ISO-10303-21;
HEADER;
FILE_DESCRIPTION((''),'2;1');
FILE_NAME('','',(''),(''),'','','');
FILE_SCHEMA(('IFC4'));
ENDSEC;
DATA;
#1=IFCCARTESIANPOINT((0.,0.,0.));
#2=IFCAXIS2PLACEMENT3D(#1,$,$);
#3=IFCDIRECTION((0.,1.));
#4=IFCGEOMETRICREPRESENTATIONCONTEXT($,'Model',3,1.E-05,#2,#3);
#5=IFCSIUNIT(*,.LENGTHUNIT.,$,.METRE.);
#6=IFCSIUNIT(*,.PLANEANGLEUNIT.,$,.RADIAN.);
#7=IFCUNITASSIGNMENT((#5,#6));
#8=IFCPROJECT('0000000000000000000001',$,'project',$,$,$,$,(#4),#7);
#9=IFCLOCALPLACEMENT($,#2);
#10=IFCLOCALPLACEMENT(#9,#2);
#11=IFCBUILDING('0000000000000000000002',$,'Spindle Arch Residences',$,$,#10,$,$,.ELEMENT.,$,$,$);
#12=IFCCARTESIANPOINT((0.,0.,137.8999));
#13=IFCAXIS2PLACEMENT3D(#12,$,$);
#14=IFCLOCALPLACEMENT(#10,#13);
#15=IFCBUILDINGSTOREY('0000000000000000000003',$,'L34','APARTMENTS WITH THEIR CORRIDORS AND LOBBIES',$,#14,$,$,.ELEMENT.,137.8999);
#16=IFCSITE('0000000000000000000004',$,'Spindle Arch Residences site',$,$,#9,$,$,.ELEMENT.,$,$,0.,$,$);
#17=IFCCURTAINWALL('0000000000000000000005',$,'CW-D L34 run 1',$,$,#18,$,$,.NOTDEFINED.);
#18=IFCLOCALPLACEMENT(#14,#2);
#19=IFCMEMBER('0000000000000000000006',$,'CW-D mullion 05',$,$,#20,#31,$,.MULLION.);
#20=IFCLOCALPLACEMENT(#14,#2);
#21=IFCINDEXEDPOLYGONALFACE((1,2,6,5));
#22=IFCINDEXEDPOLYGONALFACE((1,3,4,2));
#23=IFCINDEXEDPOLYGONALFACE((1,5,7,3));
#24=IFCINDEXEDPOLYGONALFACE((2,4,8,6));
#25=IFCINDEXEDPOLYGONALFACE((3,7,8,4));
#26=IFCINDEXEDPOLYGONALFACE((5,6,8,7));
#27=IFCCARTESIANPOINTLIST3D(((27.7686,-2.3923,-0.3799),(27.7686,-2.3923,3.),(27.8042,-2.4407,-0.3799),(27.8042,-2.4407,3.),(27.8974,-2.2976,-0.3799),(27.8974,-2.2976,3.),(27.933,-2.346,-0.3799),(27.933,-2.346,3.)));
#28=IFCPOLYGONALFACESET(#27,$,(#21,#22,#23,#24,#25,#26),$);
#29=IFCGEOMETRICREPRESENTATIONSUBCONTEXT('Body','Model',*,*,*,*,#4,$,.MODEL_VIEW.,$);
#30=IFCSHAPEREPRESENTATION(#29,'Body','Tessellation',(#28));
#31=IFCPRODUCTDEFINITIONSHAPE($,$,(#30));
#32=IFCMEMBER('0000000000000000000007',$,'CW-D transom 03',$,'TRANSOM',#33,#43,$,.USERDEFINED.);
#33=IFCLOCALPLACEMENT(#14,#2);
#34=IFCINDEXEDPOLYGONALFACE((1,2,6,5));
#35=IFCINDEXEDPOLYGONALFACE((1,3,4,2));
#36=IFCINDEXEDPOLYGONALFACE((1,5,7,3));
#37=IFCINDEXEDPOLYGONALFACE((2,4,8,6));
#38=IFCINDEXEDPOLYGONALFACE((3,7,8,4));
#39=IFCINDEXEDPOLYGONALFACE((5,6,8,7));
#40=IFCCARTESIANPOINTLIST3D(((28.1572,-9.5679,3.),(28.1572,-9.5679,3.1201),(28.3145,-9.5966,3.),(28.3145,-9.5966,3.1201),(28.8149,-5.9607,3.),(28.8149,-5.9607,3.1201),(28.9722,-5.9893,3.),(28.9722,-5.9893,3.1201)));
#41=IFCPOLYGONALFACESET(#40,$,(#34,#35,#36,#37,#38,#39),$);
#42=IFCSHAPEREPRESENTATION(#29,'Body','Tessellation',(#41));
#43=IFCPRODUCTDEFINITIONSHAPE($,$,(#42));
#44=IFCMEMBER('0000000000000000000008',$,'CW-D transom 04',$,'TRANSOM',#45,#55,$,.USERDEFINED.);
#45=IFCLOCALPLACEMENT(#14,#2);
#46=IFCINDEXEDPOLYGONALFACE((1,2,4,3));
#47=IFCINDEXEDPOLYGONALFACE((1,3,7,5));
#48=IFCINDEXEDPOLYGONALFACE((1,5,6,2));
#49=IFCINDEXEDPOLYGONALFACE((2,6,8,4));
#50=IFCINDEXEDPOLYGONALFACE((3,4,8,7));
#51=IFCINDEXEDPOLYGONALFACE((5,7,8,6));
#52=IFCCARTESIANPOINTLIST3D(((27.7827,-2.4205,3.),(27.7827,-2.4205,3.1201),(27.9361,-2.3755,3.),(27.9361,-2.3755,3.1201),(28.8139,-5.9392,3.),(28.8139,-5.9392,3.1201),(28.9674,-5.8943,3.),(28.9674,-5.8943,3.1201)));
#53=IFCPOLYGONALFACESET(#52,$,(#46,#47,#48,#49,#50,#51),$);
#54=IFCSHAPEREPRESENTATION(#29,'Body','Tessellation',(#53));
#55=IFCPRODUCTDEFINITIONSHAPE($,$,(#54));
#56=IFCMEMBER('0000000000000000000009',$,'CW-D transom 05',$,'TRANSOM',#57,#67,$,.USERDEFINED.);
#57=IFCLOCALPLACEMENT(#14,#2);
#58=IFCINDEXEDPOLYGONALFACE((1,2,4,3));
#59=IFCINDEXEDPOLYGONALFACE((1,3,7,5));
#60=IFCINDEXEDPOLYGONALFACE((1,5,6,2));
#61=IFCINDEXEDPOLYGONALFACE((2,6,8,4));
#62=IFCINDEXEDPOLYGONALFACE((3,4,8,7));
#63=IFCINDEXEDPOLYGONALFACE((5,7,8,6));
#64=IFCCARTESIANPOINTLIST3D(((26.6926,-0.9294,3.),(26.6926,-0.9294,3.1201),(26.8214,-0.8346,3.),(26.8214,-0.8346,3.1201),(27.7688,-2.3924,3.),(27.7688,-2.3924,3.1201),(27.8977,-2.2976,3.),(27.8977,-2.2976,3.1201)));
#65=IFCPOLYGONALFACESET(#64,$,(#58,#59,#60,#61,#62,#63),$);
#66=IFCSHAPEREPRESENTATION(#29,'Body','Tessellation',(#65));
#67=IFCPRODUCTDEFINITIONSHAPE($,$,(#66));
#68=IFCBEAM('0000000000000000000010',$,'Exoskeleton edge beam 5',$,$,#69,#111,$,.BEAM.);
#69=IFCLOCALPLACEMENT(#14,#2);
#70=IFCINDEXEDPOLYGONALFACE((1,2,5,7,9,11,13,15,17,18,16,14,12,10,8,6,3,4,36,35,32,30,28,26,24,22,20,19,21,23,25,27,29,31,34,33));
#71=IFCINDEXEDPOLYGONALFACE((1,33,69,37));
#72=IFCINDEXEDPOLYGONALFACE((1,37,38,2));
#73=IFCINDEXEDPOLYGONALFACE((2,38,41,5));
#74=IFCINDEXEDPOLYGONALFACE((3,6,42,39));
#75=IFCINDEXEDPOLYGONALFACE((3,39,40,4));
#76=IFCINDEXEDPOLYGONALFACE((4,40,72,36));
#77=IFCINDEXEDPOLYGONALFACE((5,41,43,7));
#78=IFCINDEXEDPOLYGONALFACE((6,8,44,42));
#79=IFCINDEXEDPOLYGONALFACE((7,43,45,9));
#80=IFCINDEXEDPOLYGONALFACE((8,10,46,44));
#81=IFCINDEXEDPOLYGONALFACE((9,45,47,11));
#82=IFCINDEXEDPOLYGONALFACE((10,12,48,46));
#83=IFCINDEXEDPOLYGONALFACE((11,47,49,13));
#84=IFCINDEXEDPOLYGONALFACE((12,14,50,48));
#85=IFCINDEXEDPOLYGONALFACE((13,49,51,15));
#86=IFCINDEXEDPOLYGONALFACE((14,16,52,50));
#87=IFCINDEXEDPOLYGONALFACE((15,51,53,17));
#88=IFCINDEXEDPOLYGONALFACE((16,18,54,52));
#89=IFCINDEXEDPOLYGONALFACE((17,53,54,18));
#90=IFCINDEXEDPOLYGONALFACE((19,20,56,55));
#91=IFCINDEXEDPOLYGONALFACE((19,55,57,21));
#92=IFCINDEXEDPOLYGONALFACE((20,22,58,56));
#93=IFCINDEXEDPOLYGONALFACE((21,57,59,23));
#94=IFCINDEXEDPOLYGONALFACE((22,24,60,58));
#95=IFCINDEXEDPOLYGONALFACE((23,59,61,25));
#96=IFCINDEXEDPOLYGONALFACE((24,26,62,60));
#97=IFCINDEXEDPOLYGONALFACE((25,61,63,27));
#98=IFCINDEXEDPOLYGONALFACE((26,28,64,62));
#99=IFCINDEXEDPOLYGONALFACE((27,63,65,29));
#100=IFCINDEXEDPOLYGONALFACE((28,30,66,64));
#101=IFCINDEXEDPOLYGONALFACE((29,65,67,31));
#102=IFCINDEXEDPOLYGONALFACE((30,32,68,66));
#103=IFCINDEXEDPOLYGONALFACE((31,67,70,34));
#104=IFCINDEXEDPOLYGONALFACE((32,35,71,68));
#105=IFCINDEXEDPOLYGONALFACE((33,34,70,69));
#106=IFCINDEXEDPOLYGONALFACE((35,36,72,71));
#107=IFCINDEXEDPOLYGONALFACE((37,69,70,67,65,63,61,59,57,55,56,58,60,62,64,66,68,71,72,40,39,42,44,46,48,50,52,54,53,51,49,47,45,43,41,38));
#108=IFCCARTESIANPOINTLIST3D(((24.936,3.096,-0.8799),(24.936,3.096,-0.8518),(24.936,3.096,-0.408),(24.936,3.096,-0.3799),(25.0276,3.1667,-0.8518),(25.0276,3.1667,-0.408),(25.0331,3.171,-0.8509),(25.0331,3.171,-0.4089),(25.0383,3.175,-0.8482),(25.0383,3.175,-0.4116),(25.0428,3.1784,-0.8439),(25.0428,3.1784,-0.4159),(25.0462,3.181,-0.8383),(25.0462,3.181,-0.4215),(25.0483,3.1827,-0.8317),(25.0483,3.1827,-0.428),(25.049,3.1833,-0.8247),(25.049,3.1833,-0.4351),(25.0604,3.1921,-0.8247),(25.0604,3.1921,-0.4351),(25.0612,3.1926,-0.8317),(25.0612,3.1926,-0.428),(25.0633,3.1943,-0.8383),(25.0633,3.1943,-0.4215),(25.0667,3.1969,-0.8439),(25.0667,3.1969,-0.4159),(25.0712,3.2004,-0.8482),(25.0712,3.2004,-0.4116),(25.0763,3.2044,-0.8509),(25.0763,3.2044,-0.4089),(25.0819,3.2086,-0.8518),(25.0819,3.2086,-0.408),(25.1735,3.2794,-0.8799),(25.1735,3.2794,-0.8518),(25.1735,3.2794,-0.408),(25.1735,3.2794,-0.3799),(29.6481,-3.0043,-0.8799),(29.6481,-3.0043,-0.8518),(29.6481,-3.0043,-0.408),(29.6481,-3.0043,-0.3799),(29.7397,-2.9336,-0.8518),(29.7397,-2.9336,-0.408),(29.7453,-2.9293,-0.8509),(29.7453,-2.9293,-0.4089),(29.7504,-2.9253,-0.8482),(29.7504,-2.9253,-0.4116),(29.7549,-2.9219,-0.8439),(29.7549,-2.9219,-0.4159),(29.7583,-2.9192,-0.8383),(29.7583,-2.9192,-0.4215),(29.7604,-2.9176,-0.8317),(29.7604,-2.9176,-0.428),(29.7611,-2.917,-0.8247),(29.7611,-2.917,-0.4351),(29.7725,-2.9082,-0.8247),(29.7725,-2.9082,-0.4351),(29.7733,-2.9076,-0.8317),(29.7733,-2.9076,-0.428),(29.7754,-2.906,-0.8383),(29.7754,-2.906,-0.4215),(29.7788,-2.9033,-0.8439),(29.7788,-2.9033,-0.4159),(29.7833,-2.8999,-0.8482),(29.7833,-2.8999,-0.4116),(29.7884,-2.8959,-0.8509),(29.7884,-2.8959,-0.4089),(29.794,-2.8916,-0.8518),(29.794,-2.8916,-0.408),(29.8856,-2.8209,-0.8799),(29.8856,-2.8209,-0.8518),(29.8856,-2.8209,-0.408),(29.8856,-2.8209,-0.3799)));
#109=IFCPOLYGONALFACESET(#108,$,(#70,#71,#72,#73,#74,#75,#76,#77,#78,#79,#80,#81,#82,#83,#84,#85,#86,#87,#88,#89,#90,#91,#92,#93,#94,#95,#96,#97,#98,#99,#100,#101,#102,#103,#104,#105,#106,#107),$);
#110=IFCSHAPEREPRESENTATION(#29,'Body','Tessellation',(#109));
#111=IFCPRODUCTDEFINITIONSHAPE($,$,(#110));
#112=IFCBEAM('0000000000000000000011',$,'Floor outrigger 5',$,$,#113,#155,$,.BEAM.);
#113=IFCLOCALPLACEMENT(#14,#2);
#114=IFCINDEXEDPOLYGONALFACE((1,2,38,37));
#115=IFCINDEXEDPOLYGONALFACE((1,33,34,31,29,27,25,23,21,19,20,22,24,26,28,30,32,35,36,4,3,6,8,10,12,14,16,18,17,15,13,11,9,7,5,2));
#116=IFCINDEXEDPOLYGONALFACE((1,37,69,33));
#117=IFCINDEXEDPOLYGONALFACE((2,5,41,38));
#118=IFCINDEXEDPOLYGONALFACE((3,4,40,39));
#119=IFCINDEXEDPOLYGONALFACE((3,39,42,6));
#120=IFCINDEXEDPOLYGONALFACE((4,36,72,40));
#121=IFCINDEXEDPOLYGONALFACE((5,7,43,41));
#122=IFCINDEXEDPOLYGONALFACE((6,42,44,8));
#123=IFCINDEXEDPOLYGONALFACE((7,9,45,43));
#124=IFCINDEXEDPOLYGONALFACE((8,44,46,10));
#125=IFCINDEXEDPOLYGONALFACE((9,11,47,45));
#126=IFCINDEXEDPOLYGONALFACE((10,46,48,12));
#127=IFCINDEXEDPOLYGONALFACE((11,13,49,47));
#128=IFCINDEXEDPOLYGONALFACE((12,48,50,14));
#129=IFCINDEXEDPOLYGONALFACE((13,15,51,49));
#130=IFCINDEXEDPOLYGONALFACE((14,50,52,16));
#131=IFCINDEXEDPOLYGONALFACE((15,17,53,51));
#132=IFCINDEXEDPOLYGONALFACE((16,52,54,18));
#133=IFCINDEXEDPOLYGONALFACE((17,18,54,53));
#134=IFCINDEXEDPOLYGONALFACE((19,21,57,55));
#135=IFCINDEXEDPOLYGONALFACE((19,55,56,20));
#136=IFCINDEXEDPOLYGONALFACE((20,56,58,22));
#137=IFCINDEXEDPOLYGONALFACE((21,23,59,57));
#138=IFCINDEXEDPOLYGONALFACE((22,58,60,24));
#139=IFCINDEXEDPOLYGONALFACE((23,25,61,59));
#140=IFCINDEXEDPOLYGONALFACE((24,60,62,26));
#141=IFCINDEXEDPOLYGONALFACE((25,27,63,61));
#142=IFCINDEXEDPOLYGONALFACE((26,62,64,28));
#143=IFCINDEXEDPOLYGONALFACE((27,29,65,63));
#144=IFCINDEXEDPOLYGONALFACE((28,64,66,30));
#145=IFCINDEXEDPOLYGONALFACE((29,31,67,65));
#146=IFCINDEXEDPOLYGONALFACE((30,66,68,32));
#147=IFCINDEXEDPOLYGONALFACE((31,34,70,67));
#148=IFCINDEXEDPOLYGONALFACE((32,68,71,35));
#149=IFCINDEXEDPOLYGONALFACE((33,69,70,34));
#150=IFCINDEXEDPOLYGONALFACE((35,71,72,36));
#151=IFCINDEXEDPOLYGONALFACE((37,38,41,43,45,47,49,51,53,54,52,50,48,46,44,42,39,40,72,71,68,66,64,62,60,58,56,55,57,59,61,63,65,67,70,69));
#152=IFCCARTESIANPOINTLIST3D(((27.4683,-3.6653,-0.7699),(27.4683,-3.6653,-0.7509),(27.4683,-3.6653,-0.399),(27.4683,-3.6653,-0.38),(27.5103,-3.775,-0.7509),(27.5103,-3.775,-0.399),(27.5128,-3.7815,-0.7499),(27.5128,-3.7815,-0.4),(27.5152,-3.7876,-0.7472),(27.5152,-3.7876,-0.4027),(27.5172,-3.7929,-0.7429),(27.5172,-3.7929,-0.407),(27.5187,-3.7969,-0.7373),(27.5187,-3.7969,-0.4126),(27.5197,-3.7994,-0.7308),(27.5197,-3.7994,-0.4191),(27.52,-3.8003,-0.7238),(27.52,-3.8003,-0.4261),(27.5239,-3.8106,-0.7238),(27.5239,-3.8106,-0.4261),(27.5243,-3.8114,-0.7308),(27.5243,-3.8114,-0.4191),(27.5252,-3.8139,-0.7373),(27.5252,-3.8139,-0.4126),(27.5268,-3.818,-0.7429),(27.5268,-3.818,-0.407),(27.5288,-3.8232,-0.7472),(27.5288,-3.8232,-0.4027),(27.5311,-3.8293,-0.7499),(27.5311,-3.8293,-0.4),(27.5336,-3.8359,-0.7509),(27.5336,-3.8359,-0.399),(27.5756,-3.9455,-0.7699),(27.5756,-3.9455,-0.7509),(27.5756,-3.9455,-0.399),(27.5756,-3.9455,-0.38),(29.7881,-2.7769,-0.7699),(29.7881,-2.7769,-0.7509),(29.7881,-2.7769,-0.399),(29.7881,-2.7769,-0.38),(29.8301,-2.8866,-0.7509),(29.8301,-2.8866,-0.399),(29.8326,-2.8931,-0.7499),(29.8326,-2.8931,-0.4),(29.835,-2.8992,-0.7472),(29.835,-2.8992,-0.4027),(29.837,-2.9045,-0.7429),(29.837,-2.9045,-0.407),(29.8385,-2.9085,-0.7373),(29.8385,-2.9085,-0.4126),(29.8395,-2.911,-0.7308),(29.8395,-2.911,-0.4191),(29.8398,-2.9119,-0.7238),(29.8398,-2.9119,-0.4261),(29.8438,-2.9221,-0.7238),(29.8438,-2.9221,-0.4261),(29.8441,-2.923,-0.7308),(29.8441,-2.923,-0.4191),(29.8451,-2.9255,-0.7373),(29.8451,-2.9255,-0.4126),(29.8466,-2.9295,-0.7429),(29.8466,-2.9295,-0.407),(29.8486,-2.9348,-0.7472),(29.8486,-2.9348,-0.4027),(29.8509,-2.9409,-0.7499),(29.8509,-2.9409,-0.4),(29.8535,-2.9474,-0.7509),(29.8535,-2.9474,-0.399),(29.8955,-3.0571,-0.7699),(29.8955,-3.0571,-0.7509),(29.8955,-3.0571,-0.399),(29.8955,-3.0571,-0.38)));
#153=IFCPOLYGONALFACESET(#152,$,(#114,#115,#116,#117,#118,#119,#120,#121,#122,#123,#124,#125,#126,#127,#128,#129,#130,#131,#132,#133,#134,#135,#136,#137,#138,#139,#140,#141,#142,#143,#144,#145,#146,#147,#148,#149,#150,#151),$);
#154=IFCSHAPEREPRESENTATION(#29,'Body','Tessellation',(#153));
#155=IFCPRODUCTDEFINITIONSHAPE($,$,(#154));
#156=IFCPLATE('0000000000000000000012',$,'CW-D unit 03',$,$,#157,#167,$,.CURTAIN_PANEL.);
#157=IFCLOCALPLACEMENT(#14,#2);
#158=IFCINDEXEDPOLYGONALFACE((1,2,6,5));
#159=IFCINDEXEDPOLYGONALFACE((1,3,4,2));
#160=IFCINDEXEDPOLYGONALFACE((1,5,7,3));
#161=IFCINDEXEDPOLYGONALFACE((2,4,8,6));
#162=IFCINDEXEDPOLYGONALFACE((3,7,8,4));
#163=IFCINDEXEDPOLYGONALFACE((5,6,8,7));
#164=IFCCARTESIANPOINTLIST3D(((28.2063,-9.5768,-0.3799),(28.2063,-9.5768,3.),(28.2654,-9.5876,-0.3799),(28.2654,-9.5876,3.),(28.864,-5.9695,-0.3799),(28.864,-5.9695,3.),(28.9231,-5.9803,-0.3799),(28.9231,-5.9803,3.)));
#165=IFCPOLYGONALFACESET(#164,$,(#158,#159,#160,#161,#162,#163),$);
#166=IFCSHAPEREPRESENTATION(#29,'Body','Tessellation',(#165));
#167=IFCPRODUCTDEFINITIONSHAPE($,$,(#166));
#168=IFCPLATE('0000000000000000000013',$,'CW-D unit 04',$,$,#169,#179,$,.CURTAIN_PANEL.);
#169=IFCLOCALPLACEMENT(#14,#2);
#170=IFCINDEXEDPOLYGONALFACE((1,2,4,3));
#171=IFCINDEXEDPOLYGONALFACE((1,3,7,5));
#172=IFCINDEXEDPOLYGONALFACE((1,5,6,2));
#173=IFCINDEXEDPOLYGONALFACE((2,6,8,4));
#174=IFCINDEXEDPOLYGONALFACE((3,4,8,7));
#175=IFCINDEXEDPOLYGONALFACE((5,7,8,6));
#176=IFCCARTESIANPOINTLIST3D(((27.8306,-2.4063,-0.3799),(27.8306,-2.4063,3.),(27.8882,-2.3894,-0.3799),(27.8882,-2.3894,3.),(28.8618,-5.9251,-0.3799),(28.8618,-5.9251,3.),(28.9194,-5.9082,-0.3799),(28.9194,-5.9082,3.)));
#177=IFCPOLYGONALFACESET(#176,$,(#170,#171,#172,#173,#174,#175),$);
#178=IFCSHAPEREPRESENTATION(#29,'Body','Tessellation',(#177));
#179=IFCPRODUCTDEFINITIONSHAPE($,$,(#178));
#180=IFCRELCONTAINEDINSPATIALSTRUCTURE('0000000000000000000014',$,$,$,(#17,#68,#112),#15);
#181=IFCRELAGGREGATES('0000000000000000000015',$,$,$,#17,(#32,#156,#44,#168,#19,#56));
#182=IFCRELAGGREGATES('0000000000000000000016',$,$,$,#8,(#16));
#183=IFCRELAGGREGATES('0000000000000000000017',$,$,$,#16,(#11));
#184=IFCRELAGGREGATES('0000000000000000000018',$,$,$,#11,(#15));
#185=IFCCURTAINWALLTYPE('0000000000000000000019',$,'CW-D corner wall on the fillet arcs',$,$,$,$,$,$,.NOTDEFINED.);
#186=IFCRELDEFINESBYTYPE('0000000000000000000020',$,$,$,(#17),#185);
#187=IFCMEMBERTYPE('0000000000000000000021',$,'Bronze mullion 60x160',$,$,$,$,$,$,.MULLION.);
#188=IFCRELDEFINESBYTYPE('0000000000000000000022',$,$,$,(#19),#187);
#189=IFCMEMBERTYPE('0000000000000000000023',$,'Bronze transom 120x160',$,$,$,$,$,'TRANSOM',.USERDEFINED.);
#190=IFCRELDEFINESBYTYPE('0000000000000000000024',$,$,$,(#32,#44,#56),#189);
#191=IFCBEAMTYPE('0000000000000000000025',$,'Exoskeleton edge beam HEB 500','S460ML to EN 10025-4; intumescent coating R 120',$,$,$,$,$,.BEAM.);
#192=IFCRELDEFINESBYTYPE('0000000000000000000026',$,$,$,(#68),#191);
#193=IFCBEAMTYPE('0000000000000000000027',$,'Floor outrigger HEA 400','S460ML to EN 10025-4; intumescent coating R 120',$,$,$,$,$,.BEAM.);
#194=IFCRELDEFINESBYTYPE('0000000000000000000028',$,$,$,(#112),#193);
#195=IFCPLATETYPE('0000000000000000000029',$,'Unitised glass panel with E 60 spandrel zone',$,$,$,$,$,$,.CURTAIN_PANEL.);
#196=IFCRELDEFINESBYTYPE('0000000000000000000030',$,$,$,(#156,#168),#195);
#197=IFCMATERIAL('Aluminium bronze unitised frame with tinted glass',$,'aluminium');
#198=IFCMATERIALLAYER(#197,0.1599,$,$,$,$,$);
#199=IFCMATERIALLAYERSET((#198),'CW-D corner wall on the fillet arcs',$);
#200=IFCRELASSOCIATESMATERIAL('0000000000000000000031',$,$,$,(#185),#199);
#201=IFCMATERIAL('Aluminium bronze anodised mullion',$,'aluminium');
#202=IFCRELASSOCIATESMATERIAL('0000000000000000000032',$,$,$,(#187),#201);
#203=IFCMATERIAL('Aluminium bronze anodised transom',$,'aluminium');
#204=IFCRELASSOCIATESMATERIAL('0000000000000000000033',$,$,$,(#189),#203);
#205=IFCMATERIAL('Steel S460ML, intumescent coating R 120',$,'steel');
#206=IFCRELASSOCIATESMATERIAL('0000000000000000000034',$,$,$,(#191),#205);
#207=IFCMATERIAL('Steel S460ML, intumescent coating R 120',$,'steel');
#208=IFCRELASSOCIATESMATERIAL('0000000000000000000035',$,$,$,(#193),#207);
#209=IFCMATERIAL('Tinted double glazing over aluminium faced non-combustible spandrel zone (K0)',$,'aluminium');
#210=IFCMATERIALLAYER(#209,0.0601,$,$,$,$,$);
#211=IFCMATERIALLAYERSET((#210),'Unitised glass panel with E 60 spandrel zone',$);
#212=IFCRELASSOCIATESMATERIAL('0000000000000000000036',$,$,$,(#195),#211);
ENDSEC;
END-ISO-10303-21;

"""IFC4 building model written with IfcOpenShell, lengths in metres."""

from ifc_helpers import new_model, si_unit, direction, frame, origin, origin_2d, place, context, subcontext, project, spatial, rectangle, i_section, extrude, material, layer, layer_set, material_profile, profile_set, type_object, element, aggregate, save


model = new_model("IFC4")

# Units and contexts
model_context = context("Model", 3, precision=1e-05, world=origin(), true_north=direction((0.0, 1.0)))
body_context = subcontext(model_context, "Body", "Model", "MODEL_VIEW")
ifc_project = project(units=[si_unit("LENGTHUNIT", "METRE"), si_unit("PLANEANGLEUNIT", "RADIAN")], contexts=[model_context])

# Site, building, storey
site_placement = place(None, origin())
site = spatial("IfcSite", under=ifc_project, at=site_placement, Name="Spindle Arch Residences site", CompositionType="ELEMENT", RefElevation=0.0)
building_placement = place(site_placement, origin())
building = spatial("IfcBuilding", under=site, at=building_placement, Name="Spindle Arch Residences", CompositionType="ELEMENT")
storey_placement = place(building_placement, frame((0.0, 0.0, 137.8999)))
storey = spatial("IfcBuildingStorey", under=building, at=storey_placement, Name="L34", Description="APARTMENTS WITH THEIR CORRIDORS AND LOBBIES", CompositionType="ELEMENT", Elevation=137.8999)

# Curtain wall, members
ifc_material_1 = material(Name="Aluminium bronze unitised frame with tinted glass", Category="aluminium")
ifc_layer_1 = layer(ifc_material_1, 0.1599)
ifc_layer_set_1 = layer_set([ifc_layer_1], Name="CW-D corner wall on the fillet arcs")
curtain_wall_type = type_object("IfcCurtainWallType", Name="CW-D corner wall on the fillet arcs", PredefinedType="NOTDEFINED", material=ifc_layer_set_1)
curtain_wall_placement = place(storey_placement, origin())
curtain_wall = element("IfcCurtainWall", 1, at=curtain_wall_placement, inside=storey, type_object=curtain_wall_type, Name="CW-D L34 run 1", PredefinedType="NOTDEFINED")
ifc_material_2 = material(Name="Aluminium bronze anodised mullion", Category="aluminium")
ifc_material_profile_1 = material_profile(ifc_material_2, rectangle(XDim=0.1599, YDim=0.0601, at=origin_2d()), Name="MU 60x160")
ifc_profile_set_1 = profile_set([ifc_material_profile_1], Name="Aluminium bronze anodised mullion")
member_type_1 = type_object("IfcMemberType", Name="Bronze mullion 60x160", PredefinedType="MULLION", material=ifc_profile_set_1)
member_1_placement = place(storey_placement, frame((27.8508, -2.3691, -0.3799), z_axis=(0.0, 0.0, 1.0), x_axis=(-0.805584, -0.592482, 0.0)))
member_1 = element("IfcMember", 2, at=member_1_placement, type_object=member_type_1, Name="CW-D mullion 05", PredefinedType="MULLION", context=body_context, shape_type="SweptSolid", body=[
    extrude(rectangle(XDim=0.1599, YDim=0.0601, at=origin_2d()), origin(), (0.0, 0.0, 1.0), 3.3799),
])
ifc_material_3 = material(Name="Aluminium bronze anodised transom", Category="aluminium")
ifc_material_profile_2 = material_profile(ifc_material_3, rectangle(XDim=0.1599, YDim=0.1201, at=origin_2d()), Name="TR 120x160")
ifc_profile_set_2 = profile_set([ifc_material_profile_2], Name="Aluminium bronze anodised transom")
member_type_2 = type_object("IfcMemberType", Name="Bronze transom 120x160", ElementType="TRANSOM", PredefinedType="USERDEFINED", material=ifc_profile_set_2)
member_2_placement = place(storey_placement, frame((28.2358, -9.5823, 3.0601), z_axis=(0.179378, 0.98378, 0.0), x_axis=(-0.98378, 0.179378, 0.0)))
member_2 = element("IfcMember", 3, at=member_2_placement, type_object=member_type_2, Name="CW-D transom 03", ObjectType="TRANSOM", PredefinedType="USERDEFINED", context=body_context, shape_type="SweptSolid", body=[
    extrude(rectangle(XDim=0.1599, YDim=0.1201, at=origin_2d()), origin(), (0.0, 0.0, 1.0), 3.6667),
])
member_3_placement = place(storey_placement, frame((28.8906, -5.9167, 3.0601), z_axis=(-0.28124, 0.959638, 0.0), x_axis=(-0.959638, -0.28124, 0.0)))
member_3 = element("IfcMember", 4, at=member_3_placement, type_object=member_type_2, Name="CW-D transom 04", ObjectType="TRANSOM", PredefinedType="USERDEFINED", context=body_context, shape_type="SweptSolid", body=[
    extrude(rectangle(XDim=0.1599, YDim=0.1201, at=origin_2d()), origin(), (0.0, 0.0, 1.0), 3.6667),
])
member_4_placement = place(storey_placement, frame((27.8333, -2.345, 3.0601), z_axis=(-0.592575, 0.805515, 0.0), x_axis=(-0.805515, -0.592575, 0.0)))
member_4 = element("IfcMember", 5, at=member_4_placement, type_object=member_type_2, Name="CW-D transom 05", ObjectType="TRANSOM", PredefinedType="USERDEFINED", context=body_context, shape_type="SweptSolid", body=[
    extrude(rectangle(XDim=0.1599, YDim=0.1201, at=origin_2d()), origin(), (0.0, 0.0, 1.0), 1.8162),
])

# Beams
ifc_material_4 = material(Name="Steel S460ML, intumescent coating R 120", Category="steel")
ifc_material_profile_3 = material_profile(ifc_material_4, i_section(OverallWidth=0.3, OverallDepth=0.5, WebThickness=0.0144, FlangeThickness=0.0281, FilletRadius=0.0271, at=origin_2d()), Name="HEB 500")
ifc_profile_set_3 = profile_set([ifc_material_profile_3], Name="Steel S460ML, intumescent coating R 120")
beam_type_1 = type_object("IfcBeamType", Name="Exoskeleton edge beam HEB 500", Description="S460ML to EN 10025-4; intumescent coating R 120", PredefinedType="BEAM", material=ifc_profile_set_3)
beam_1_placement = place(storey_placement, frame((29.7668, -2.9126, -0.6299), z_axis=(-0.611306, 0.791394, 0.0), x_axis=(-0.791394, -0.611306, 0.0)))
element("IfcBeam", 6, at=beam_1_placement, inside=storey, type_object=beam_type_1, Name="Exoskeleton edge beam 5", PredefinedType="BEAM", context=body_context, shape_type="SweptSolid", body=[
    extrude(i_section(OverallWidth=0.3, OverallDepth=0.5, WebThickness=0.0144, FlangeThickness=0.0281, FilletRadius=0.0271, at=origin_2d()), origin(), (0.0, 0.0, 1.0), 7.7083),
])
ifc_material_5 = material(Name="Steel S460ML, intumescent coating R 120", Category="steel")
ifc_material_profile_4 = material_profile(ifc_material_5, i_section(OverallWidth=0.3, OverallDepth=0.3899, WebThickness=0.011, FlangeThickness=0.019, FilletRadius=0.0271, at=origin_2d()), Name="HEA 400")
ifc_profile_set_4 = profile_set([ifc_material_profile_4], Name="Steel S460ML, intumescent coating R 120")
beam_type_2 = type_object("IfcBeamType", Name="Floor outrigger HEA 400", Description="S460ML to EN 10025-4; intumescent coating R 120", PredefinedType="BEAM", material=ifc_profile_set_4)
beam_2_placement = place(storey_placement, frame((29.8418, -2.917, -0.575), z_axis=(-0.933859, -0.357642, 0.0), x_axis=(0.357642, -0.933859, 0.0)))
element("IfcBeam", 7, at=beam_2_placement, inside=storey, type_object=beam_type_2, Name="Floor outrigger 5", PredefinedType="BEAM", context=body_context, shape_type="SweptSolid", body=[
    extrude(i_section(OverallWidth=0.3, OverallDepth=0.3899, WebThickness=0.011, FlangeThickness=0.019, FilletRadius=0.0271, at=origin_2d()), origin(), (0.0, 0.0, 1.0), 2.4841),
])

# Plates
ifc_material_6 = material(Name="Tinted double glazing over aluminium faced non-combustible spandrel zone (K0)", Category="aluminium")
ifc_layer_2 = layer(ifc_material_6, 0.0601)
ifc_layer_set_2 = layer_set([ifc_layer_2], Name="Unitised glass panel with E 60 spandrel zone")
plate_type = type_object("IfcPlateType", Name="Unitised glass panel with E 60 spandrel zone", PredefinedType="CURTAIN_PANEL", material=ifc_layer_set_2)
plate_1_placement = place(storey_placement, frame((28.5647, -7.7786, -0.3799), z_axis=(0.0, 0.0, 1.0), x_axis=(0.179375, 0.983781, 0.0)))
plate_1 = element("IfcPlate", 8, at=plate_1_placement, type_object=plate_type, Name="CW-D unit 03", PredefinedType="CURTAIN_PANEL", context=body_context, shape_type="SweptSolid", body=[
    extrude(rectangle(XDim=3.6667, YDim=0.0601, at=origin_2d()), origin(), (0.0, 0.0, 1.0), 3.3799),
])
plate_2_placement = place(storey_placement, frame((28.375, -4.1572, -0.3799), z_axis=(0.0, 0.0, 1.0), x_axis=(-0.281225, 0.959642, 0.0)))
plate_2 = element("IfcPlate", 9, at=plate_2_placement, type_object=plate_type, Name="CW-D unit 04", PredefinedType="CURTAIN_PANEL", context=body_context, shape_type="SweptSolid", body=[
    extrude(rectangle(XDim=3.6667, YDim=0.0601, at=origin_2d()), origin(), (0.0, 0.0, 1.0), 3.3799),
])
aggregate(curtain_wall, [member_2, plate_1, member_3, plate_2, member_1, member_4])

save(model, "model.ifc")
